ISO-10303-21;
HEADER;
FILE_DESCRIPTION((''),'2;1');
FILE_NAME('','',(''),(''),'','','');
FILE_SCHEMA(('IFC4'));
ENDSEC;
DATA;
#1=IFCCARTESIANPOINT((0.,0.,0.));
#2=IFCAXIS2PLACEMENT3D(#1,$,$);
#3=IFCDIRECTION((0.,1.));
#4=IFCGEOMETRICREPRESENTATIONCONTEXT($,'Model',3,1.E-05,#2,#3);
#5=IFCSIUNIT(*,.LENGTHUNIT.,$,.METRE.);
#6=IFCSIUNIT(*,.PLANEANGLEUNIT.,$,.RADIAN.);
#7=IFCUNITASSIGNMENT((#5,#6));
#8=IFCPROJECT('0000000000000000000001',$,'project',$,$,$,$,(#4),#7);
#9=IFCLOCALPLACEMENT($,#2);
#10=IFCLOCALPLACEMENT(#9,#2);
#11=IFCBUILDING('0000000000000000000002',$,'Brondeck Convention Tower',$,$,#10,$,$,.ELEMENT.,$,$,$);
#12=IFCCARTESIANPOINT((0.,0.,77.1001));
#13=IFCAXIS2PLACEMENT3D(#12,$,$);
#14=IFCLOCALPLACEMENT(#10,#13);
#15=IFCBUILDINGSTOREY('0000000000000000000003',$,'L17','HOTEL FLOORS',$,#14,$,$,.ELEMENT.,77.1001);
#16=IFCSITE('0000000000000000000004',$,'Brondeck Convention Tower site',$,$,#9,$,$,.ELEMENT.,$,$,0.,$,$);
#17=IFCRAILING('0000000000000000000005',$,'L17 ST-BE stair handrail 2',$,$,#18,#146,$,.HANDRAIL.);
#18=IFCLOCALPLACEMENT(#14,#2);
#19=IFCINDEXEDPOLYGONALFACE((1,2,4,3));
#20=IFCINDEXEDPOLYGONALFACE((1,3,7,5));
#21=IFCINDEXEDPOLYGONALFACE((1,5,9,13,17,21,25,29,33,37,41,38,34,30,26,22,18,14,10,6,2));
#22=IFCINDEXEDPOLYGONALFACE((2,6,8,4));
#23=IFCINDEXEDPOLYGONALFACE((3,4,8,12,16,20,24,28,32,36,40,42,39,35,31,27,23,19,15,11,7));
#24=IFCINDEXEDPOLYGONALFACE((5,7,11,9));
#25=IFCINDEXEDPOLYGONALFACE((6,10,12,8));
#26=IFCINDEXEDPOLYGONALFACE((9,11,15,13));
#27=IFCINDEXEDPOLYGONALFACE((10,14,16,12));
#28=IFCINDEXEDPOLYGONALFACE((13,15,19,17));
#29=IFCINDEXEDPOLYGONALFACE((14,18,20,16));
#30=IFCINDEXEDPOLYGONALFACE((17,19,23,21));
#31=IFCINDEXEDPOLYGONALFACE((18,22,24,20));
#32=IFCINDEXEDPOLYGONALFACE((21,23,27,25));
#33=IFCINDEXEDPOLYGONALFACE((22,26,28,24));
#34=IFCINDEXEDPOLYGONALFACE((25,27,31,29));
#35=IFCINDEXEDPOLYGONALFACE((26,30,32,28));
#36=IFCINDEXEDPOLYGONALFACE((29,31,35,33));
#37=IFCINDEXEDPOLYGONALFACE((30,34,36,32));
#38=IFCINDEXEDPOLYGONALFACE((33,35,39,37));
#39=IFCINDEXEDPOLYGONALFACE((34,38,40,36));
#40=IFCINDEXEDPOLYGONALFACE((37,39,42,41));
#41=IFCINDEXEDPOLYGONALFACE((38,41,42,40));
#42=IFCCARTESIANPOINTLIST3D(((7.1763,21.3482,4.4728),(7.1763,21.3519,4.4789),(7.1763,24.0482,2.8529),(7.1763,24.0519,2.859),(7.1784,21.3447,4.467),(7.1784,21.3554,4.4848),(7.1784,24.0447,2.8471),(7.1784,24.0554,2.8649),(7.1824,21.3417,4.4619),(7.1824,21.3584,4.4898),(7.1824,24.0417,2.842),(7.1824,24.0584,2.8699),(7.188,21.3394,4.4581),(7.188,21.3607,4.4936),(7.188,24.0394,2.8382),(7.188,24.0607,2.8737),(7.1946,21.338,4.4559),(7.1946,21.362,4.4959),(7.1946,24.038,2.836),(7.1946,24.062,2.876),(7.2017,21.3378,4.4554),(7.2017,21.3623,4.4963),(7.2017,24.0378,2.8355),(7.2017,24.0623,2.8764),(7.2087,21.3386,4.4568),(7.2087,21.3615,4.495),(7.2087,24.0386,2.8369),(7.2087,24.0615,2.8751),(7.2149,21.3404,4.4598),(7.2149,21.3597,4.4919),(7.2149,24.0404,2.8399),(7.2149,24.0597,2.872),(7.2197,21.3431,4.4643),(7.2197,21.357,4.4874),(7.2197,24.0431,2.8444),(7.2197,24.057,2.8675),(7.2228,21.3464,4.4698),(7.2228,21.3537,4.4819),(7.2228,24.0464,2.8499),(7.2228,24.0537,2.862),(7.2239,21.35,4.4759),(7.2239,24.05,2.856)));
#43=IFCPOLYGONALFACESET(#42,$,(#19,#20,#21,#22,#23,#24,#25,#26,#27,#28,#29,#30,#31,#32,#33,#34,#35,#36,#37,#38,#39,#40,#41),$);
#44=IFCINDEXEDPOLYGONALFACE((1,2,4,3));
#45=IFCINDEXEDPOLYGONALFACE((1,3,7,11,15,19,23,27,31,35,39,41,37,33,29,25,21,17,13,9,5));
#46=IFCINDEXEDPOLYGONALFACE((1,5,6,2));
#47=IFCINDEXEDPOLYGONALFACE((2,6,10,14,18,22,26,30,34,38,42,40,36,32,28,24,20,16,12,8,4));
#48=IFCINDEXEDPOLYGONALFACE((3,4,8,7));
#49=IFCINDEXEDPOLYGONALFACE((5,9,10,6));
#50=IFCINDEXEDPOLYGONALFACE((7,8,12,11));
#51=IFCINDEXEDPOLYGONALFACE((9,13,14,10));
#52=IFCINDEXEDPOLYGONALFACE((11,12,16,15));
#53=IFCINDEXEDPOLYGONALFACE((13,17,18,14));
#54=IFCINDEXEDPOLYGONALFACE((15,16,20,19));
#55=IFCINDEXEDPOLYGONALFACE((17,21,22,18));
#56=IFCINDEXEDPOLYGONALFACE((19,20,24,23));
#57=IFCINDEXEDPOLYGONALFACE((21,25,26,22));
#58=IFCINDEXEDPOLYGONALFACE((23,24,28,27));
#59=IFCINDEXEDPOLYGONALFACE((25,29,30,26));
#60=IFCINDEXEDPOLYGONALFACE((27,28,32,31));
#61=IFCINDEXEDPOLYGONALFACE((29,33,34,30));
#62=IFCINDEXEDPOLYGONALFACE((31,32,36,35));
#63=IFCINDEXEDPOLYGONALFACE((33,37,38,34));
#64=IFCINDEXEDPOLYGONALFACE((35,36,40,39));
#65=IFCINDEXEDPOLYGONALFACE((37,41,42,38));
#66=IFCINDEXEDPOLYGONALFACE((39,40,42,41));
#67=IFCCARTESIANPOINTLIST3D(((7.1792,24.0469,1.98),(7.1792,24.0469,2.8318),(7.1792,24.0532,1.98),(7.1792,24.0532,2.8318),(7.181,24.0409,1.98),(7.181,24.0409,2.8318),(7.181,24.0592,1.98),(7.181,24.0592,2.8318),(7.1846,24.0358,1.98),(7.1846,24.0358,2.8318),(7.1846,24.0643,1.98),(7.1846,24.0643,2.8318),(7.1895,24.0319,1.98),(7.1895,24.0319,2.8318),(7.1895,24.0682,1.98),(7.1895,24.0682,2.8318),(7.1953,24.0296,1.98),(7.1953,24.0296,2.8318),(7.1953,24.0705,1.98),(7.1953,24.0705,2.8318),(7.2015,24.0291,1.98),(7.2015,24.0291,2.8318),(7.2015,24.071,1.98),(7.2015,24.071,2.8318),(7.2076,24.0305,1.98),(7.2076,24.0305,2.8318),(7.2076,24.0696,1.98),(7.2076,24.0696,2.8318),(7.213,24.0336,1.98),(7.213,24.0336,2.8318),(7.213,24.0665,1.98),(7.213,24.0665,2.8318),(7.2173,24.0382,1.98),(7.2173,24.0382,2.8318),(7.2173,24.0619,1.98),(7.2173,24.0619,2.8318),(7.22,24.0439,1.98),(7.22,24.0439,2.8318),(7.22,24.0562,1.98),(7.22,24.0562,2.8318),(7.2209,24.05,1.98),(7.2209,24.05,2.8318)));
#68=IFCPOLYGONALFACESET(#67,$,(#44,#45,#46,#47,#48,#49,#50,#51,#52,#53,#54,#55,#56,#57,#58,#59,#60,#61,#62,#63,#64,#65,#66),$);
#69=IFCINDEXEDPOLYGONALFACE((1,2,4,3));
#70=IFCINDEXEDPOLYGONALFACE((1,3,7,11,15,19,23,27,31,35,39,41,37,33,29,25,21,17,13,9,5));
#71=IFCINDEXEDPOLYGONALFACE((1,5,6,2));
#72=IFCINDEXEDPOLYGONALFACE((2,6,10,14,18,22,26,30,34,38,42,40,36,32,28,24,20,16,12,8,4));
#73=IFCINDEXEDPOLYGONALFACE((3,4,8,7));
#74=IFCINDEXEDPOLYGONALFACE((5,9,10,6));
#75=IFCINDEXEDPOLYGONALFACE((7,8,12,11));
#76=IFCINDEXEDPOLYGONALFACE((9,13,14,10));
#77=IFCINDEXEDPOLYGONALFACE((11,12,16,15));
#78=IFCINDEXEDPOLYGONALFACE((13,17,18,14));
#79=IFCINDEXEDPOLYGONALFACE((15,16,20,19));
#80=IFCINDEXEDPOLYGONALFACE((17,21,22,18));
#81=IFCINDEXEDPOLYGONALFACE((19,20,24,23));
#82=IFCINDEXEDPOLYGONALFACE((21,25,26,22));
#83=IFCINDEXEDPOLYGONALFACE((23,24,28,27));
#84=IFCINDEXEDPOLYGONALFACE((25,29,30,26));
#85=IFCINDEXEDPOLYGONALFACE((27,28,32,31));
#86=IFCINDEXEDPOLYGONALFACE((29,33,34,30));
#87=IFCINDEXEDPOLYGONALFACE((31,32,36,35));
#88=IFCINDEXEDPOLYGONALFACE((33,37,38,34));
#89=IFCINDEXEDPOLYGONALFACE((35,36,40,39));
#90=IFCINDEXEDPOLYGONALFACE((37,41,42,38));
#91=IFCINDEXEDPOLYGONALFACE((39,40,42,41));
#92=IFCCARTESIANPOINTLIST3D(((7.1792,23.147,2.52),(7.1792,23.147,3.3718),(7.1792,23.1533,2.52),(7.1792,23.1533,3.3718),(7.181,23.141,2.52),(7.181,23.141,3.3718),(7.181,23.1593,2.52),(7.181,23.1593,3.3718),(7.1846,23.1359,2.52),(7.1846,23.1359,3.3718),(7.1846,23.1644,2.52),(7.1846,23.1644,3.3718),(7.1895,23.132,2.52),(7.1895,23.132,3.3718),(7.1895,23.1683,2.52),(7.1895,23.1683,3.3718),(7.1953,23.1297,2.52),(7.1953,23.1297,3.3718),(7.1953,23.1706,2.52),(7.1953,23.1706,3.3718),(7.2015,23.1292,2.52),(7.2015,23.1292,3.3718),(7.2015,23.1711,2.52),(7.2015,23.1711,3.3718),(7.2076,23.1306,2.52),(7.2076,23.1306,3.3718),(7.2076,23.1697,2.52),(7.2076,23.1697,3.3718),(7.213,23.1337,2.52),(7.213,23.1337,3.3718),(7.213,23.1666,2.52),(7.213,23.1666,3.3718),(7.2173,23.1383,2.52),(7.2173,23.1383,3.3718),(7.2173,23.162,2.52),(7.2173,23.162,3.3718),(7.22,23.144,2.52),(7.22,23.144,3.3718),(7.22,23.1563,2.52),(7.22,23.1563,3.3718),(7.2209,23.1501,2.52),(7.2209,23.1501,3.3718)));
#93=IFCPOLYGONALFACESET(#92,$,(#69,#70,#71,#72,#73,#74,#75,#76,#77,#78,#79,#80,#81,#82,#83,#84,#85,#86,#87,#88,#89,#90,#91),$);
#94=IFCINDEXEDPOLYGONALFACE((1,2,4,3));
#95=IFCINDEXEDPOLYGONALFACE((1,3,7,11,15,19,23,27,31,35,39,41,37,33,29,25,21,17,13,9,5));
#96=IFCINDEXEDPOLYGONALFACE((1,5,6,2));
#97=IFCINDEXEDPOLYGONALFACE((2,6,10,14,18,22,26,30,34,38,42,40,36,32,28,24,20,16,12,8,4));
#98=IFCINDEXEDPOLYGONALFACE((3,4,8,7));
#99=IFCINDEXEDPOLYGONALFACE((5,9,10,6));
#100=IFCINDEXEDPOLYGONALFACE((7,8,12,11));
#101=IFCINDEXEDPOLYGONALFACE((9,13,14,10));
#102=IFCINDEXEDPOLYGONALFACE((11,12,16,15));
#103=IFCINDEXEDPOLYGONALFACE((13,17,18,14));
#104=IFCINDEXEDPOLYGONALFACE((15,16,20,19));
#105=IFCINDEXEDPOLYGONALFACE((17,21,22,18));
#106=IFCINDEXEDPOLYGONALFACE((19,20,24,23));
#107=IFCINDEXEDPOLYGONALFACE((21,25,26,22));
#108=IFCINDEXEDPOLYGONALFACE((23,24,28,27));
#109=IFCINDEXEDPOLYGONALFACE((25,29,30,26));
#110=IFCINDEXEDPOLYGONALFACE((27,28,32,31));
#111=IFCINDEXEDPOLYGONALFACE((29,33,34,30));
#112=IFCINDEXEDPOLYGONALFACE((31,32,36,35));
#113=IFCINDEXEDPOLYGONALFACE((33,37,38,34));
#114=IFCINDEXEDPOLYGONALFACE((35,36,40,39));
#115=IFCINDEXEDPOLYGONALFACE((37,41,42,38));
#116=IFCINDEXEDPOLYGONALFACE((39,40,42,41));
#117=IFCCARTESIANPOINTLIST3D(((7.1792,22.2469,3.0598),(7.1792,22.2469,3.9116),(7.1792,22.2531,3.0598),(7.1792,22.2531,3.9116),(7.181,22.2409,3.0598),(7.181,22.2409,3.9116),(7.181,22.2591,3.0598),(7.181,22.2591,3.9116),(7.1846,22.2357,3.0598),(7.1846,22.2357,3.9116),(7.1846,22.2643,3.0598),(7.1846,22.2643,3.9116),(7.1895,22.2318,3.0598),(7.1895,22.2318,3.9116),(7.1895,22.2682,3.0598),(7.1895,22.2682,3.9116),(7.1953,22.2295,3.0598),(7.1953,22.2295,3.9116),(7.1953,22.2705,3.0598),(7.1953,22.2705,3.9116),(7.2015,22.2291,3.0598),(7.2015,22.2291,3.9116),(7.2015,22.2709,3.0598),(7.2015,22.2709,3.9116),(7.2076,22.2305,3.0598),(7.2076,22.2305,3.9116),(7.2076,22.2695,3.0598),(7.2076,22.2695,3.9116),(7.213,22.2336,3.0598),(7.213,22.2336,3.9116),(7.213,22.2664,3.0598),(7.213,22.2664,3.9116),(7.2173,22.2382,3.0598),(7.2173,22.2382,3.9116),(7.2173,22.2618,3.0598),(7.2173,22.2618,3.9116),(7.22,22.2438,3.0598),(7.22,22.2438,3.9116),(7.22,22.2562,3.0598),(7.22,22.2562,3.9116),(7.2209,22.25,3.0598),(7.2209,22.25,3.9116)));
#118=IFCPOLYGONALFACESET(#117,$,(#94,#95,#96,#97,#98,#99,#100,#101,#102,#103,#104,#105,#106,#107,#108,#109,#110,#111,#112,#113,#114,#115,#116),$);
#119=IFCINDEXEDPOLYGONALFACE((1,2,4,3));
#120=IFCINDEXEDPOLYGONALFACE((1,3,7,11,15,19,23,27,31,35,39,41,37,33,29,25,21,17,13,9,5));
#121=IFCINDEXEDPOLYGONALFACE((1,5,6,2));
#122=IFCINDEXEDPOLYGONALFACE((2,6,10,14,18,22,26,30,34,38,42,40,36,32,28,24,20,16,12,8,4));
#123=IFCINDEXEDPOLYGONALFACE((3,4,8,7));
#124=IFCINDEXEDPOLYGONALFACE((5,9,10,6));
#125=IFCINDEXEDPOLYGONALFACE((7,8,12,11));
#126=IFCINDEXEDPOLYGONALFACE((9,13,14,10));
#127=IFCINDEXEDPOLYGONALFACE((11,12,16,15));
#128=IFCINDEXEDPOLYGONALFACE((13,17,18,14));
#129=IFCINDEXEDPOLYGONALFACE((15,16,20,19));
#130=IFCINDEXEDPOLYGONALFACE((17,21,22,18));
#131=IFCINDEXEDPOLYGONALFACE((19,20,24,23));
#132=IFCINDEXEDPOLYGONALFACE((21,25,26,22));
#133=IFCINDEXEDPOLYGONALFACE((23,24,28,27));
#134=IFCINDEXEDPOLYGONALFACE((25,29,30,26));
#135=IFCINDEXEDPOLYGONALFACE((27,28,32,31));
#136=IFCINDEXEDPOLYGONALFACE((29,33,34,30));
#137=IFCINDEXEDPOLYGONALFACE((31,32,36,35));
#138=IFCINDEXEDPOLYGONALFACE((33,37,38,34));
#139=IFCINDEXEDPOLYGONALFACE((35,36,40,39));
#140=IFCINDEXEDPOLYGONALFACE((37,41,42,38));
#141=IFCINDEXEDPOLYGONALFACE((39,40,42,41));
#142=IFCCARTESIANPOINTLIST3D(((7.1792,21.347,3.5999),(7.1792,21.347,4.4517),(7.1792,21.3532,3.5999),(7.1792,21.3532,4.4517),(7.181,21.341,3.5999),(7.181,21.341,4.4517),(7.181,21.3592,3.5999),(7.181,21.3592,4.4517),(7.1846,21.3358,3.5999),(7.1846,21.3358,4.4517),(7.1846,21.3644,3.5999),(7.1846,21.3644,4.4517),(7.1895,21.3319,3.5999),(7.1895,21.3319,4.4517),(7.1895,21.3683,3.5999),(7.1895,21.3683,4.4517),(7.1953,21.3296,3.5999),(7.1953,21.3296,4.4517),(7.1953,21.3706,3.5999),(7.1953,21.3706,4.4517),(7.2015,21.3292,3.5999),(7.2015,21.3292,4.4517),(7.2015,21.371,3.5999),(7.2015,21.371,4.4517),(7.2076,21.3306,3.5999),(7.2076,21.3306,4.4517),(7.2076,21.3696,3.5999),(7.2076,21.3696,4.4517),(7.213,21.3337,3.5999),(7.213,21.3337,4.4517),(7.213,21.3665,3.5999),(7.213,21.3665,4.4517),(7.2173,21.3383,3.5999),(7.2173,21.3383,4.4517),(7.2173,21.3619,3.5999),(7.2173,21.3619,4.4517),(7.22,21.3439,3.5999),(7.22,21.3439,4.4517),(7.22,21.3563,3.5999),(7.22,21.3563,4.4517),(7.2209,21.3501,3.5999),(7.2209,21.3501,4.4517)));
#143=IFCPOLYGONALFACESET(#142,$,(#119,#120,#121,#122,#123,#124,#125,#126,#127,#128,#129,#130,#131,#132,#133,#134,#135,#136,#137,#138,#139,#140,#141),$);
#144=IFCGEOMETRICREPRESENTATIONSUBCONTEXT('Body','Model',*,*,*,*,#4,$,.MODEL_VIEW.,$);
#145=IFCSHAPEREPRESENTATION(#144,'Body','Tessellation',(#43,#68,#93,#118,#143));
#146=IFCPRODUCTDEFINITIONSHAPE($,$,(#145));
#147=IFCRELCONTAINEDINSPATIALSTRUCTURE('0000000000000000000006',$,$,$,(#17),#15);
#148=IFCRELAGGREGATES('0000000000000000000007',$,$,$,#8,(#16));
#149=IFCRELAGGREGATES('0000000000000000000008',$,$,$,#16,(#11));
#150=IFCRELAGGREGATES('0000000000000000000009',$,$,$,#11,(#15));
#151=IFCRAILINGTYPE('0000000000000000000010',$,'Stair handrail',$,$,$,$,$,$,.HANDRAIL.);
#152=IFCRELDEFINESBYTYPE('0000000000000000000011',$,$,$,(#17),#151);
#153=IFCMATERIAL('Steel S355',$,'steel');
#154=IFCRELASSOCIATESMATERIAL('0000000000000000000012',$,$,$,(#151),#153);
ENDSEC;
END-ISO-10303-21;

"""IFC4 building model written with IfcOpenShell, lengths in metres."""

from ifc_helpers import new_model, si_unit, direction, frame, origin, origin_2d, place, context, subcontext, project, spatial, circle, extrude, material, type_object, element, save


model = new_model("IFC4")

# Units and contexts
model_context = context("Model", 3, precision=1e-05, world=origin(), true_north=direction((0.0, 1.0)))
body_context = subcontext(model_context, "Body", "Model", "MODEL_VIEW")
ifc_project = project(units=[si_unit("LENGTHUNIT", "METRE"), si_unit("PLANEANGLEUNIT", "RADIAN")], contexts=[model_context])

# Site, building, storey
site_placement = place(None, origin())
site = spatial("IfcSite", under=ifc_project, at=site_placement, Name="Brondeck Convention Tower site", CompositionType="ELEMENT", RefElevation=0.0)
building_placement = place(site_placement, origin())
building = spatial("IfcBuilding", under=site, at=building_placement, Name="Brondeck Convention Tower", CompositionType="ELEMENT")
storey_placement = place(building_placement, frame((0.0, 0.0, 77.1001)))
storey = spatial("IfcBuildingStorey", under=building, at=storey_placement, Name="L17", Description="HOTEL FLOORS", CompositionType="ELEMENT", Elevation=77.1001)

# Shared definitions
ifc_material_1 = material(Name="Steel S355", Category="steel")

# Railing
railing_type = type_object("IfcRailingType", Name="Stair handrail", PredefinedType="HANDRAIL", material=ifc_material_1)
railing_1_placement = place(storey_placement, frame((7.2, 24.05, 1.98)))
element("IfcRailing", 1, at=railing_1_placement, inside=storey, type_object=railing_type, Name="L17 ST-BE stair handrail 2", PredefinedType="HANDRAIL", context=body_context, shape_type="SweptSolid", body=[
    extrude(circle(Radius=0.0239, at=origin_2d()), frame((0.0, 0.0, 0.876), z_axis=(0.0, -0.857507, 0.514473), x_axis=(1.0, 0.0, 0.0)), (0.0, 0.0, 1.0), 3.1487),
    extrude(circle(Radius=0.021, at=origin_2d()), origin(), (0.0, 0.0, 1.0), 0.8518),
    extrude(circle(Radius=0.021, at=origin_2d()), frame((0.0, -0.8999, 0.54)), (0.0, 0.0, 1.0), 0.8518),
    extrude(circle(Radius=0.021, at=origin_2d()), frame((0.0, -1.8, 1.0798)), (0.0, 0.0, 1.0), 0.8518),
    extrude(circle(Radius=0.021, at=origin_2d()), frame((0.0, -2.7, 1.6199)), (0.0, 0.0, 1.0), 0.8518),
])

save(model, "model.ifc")
